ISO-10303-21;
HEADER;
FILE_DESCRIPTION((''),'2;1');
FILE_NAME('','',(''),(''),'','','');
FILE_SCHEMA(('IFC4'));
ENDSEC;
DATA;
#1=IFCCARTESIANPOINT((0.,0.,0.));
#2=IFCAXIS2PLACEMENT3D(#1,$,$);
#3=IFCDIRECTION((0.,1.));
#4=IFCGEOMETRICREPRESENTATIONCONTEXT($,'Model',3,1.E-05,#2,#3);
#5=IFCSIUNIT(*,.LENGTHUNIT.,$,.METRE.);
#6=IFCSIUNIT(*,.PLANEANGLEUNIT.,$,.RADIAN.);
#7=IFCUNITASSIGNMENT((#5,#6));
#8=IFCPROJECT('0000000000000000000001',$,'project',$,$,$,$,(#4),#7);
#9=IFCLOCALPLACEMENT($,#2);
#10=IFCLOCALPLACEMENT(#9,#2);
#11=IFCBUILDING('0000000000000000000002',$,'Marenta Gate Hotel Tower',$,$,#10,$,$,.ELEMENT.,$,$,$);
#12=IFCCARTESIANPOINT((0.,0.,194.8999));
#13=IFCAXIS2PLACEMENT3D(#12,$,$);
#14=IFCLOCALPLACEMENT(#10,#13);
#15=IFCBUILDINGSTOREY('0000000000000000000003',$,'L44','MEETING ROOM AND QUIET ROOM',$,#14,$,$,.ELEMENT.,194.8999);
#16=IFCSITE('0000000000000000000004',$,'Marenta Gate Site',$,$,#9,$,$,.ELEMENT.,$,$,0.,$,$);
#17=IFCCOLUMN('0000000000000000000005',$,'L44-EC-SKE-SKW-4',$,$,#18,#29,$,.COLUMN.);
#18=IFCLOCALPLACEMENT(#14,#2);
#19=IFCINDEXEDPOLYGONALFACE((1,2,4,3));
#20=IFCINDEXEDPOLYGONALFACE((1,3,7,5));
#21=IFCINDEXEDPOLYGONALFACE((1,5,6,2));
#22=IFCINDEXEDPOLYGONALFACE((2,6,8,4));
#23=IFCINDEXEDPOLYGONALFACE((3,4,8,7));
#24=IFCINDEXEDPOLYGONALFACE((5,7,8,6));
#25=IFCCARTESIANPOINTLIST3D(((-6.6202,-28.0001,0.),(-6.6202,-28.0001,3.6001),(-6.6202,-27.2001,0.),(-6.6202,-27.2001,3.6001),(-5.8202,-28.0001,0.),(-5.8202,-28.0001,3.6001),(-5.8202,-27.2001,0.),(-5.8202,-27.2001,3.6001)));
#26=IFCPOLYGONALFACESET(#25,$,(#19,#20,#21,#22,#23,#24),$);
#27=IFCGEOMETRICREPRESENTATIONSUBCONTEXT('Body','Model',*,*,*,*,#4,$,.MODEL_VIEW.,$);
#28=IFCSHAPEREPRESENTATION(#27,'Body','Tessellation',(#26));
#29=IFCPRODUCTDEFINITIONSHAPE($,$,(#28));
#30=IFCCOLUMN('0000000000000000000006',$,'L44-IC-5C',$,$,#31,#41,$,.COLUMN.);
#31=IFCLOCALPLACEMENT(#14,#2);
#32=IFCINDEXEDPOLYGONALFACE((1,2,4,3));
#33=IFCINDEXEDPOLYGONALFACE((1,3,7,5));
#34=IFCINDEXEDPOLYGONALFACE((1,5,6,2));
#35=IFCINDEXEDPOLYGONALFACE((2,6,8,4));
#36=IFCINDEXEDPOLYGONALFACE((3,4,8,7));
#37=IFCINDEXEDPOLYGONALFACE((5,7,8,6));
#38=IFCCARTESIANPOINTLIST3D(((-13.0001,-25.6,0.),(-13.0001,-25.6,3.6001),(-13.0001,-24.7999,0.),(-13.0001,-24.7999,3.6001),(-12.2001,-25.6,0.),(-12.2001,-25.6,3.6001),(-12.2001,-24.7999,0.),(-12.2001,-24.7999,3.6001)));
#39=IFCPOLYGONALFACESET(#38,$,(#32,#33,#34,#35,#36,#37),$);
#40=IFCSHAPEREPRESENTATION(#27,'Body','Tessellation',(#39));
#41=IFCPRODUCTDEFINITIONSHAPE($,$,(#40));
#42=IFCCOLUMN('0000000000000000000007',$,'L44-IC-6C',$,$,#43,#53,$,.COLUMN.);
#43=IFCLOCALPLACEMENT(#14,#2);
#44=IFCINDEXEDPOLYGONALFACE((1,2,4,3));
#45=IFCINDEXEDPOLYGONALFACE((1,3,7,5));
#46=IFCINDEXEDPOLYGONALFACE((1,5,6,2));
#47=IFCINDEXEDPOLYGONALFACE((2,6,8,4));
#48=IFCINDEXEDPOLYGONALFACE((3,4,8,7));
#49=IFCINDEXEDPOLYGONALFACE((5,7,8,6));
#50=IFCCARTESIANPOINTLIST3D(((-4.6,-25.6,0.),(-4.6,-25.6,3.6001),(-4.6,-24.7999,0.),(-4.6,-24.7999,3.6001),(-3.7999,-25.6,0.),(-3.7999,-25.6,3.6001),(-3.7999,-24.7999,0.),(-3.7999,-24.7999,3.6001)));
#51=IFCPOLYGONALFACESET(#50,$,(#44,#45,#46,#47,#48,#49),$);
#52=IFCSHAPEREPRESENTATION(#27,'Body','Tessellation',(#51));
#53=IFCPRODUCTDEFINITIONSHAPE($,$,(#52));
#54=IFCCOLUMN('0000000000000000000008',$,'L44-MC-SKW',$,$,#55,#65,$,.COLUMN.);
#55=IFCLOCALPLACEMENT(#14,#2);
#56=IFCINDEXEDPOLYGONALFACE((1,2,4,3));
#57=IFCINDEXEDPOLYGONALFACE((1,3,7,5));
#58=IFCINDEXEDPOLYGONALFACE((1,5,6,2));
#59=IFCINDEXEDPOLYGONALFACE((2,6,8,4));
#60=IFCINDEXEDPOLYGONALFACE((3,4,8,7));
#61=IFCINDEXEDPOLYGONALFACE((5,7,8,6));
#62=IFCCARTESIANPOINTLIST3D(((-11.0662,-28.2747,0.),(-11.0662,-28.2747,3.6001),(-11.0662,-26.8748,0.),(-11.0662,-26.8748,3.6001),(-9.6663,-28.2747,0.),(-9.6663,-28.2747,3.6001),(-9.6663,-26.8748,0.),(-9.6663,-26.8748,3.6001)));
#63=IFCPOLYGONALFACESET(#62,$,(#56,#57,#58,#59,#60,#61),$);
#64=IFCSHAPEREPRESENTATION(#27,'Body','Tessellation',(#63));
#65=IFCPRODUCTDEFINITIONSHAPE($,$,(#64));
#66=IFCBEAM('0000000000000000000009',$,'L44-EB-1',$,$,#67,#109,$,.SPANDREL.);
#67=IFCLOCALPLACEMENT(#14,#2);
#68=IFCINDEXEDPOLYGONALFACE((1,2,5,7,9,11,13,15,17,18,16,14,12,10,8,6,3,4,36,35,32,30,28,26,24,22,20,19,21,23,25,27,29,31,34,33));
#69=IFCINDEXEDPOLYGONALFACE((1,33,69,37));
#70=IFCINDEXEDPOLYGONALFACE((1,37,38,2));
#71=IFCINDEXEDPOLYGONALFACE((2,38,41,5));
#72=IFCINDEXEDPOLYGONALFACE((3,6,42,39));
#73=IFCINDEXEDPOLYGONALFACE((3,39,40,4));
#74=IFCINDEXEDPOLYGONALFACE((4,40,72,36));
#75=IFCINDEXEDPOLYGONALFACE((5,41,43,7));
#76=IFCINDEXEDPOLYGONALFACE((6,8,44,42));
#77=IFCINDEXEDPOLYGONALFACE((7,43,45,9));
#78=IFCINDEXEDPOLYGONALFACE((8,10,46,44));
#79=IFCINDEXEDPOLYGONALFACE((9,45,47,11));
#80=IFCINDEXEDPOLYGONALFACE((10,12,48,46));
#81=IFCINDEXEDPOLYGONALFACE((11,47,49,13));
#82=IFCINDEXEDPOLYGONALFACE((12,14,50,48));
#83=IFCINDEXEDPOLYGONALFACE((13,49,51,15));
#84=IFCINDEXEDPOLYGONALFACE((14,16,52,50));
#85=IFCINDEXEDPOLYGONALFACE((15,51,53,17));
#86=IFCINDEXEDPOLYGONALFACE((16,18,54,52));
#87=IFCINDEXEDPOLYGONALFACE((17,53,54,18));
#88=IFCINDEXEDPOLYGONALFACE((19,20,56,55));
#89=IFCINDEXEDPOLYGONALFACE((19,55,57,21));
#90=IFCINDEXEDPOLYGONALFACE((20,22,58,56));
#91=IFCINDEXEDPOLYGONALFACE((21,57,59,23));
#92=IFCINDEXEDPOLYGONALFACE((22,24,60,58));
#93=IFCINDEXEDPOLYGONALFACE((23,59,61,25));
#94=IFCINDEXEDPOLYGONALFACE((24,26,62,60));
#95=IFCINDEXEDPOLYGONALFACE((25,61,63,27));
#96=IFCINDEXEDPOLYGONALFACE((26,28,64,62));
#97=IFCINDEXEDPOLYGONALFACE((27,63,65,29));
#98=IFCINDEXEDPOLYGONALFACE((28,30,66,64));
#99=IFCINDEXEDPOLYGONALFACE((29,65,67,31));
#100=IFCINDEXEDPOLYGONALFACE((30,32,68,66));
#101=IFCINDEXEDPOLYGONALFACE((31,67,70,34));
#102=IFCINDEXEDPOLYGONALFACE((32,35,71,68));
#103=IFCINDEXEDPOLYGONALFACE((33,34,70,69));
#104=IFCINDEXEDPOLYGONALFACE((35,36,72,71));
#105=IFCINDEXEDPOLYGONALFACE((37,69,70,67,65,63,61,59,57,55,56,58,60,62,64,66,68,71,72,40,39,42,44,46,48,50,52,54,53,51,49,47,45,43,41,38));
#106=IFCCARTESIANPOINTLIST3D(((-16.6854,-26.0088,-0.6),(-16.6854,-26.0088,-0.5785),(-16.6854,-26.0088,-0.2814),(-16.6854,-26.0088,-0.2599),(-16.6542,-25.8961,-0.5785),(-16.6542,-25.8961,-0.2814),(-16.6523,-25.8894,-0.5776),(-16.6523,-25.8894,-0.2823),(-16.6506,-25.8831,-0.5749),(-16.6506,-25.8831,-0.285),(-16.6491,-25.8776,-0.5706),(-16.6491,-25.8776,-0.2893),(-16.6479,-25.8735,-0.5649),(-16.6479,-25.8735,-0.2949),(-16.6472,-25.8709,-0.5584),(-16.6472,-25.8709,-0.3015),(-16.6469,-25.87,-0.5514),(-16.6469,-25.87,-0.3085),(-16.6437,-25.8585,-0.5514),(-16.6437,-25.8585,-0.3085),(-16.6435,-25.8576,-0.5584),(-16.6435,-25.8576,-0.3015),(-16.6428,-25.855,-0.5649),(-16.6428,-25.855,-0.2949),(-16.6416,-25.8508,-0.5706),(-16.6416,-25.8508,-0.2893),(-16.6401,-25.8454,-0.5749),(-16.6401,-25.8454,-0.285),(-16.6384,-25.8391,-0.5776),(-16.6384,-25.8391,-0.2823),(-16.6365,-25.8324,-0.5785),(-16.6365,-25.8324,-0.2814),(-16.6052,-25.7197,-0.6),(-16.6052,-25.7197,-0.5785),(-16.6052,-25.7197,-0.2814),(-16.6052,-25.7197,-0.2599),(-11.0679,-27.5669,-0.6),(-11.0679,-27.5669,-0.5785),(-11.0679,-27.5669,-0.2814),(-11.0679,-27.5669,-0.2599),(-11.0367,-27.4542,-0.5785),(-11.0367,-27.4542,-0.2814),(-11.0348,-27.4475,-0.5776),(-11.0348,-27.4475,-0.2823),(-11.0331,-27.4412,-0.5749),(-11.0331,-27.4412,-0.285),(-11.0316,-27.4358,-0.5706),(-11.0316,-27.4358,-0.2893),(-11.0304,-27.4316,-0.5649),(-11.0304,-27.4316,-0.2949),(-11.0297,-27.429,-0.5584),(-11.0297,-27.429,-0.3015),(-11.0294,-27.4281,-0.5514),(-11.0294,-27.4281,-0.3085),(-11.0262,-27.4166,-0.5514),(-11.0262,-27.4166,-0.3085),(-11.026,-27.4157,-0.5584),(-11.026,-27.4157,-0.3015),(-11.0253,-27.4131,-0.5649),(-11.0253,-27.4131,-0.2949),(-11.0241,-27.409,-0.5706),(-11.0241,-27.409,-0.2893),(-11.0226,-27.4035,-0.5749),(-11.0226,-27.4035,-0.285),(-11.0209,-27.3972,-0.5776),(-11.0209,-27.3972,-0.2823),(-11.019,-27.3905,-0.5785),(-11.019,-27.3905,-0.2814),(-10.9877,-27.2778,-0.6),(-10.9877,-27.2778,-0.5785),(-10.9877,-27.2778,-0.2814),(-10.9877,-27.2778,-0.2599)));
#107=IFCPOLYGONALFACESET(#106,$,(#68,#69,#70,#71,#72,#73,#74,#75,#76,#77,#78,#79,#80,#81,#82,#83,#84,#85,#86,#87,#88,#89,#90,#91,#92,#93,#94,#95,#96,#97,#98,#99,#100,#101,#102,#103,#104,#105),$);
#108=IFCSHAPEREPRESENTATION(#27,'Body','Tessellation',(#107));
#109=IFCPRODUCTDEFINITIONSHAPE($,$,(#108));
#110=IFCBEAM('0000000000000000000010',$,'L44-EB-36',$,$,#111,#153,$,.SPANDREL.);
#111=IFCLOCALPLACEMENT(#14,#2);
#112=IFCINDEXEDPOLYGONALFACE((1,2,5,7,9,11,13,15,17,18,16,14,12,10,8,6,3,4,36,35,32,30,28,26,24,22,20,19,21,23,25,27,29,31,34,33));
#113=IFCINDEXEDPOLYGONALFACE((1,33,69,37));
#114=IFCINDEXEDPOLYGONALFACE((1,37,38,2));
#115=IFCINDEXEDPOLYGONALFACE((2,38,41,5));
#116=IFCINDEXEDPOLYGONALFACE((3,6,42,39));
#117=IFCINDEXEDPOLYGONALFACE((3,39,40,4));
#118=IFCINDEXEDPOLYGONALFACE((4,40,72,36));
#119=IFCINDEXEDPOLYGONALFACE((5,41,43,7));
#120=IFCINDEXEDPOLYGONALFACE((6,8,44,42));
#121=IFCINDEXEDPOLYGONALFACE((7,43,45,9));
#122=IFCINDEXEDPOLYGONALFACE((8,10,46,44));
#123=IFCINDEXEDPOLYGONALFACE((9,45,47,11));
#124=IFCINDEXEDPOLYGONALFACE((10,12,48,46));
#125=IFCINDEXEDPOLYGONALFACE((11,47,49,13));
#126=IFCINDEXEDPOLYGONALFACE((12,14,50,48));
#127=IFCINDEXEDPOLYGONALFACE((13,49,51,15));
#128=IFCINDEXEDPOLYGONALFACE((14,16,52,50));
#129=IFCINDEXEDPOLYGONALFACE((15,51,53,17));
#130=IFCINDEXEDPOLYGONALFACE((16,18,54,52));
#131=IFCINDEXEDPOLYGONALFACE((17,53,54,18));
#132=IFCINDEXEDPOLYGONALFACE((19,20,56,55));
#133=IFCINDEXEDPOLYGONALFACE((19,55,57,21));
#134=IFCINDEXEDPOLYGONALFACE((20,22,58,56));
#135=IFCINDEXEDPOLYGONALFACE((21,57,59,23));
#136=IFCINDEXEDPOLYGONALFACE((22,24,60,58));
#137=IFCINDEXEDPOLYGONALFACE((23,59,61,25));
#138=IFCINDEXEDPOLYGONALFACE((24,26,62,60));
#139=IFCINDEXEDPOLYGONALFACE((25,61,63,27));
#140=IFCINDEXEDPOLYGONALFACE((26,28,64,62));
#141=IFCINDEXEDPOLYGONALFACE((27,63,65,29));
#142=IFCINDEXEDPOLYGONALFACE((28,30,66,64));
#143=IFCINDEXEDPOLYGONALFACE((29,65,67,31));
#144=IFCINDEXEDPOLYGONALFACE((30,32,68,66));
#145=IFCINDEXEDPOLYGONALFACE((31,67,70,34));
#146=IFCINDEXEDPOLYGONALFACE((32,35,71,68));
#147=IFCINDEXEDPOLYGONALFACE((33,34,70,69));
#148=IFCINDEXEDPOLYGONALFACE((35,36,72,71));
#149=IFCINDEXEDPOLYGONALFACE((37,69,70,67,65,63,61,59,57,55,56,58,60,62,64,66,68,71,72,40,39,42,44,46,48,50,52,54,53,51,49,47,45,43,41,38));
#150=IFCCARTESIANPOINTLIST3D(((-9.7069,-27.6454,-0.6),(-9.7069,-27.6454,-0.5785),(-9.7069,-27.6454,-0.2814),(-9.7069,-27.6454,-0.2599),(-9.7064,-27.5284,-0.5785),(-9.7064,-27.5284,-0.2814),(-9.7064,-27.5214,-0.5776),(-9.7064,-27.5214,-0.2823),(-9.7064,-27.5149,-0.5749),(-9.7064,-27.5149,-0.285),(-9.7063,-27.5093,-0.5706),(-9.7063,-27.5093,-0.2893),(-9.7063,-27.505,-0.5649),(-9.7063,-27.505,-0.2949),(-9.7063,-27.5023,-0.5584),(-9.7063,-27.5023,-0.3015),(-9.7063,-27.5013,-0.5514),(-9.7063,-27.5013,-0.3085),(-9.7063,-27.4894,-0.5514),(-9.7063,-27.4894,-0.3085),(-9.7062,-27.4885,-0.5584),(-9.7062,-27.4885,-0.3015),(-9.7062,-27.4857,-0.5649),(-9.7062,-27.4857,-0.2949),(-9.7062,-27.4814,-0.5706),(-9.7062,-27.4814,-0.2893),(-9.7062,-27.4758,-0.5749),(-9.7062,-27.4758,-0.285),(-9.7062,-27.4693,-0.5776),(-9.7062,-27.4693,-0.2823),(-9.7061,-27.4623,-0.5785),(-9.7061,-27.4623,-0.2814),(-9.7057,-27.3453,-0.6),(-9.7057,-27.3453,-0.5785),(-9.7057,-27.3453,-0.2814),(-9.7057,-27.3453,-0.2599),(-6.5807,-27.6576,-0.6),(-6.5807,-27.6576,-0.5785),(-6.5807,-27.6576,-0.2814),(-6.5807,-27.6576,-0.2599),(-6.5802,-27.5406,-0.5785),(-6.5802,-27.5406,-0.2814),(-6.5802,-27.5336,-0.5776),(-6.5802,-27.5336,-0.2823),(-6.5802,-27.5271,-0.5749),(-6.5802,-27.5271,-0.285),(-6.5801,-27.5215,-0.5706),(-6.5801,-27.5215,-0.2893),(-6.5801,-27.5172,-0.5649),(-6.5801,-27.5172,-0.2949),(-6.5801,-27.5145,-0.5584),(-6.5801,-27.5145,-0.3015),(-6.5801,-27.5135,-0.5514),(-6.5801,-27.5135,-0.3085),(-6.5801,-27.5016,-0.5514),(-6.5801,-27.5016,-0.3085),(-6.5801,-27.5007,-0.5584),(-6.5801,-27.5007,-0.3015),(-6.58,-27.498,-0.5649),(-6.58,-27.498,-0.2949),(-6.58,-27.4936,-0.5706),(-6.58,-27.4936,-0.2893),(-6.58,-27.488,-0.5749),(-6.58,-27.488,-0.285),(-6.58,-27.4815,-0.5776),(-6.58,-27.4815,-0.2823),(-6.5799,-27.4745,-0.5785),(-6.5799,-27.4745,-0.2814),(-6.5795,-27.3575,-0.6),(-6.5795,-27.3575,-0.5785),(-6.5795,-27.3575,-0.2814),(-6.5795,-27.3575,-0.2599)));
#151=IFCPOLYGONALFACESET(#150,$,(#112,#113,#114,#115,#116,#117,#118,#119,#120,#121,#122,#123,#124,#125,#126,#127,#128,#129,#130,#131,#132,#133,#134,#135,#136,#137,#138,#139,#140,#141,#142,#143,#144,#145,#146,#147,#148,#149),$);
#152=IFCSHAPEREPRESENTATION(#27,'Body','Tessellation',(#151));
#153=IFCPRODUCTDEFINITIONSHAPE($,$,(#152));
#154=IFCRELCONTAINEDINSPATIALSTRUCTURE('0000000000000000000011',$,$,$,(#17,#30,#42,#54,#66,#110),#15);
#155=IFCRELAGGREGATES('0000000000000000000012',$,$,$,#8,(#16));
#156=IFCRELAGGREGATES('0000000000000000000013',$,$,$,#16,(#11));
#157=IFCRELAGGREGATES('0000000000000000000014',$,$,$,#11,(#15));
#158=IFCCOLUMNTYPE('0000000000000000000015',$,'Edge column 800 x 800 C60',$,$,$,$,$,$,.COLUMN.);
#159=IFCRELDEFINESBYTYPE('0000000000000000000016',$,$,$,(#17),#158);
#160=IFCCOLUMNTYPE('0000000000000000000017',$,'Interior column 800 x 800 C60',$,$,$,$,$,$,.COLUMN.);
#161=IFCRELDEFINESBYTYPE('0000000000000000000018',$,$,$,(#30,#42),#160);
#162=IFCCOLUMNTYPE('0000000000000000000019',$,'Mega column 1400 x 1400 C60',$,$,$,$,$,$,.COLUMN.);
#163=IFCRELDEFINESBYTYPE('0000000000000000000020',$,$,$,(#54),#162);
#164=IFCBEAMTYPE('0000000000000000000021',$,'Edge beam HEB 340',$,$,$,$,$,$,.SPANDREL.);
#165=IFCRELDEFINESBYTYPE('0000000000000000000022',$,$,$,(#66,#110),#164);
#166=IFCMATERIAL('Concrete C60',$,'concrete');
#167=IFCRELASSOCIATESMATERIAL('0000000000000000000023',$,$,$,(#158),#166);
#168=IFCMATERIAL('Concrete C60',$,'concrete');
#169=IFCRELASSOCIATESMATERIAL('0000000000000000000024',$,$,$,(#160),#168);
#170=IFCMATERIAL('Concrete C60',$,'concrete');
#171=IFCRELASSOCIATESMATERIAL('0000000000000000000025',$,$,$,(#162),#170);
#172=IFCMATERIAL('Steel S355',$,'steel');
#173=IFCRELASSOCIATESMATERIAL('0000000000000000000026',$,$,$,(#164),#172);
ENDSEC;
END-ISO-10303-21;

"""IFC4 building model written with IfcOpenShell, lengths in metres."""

from ifc_helpers import new_model, si_unit, direction, frame, origin, origin_2d, place, context, subcontext, project, spatial, rectangle, i_section, extrude, material, material_profile, profile_set, type_object, element, save


model = new_model("IFC4")

# Units and contexts
model_context = context("Model", 3, precision=1e-05, world=origin(), true_north=direction((0.0, 1.0)))
body_context = subcontext(model_context, "Body", "Model", "MODEL_VIEW")
ifc_project = project(units=[si_unit("LENGTHUNIT", "METRE"), si_unit("PLANEANGLEUNIT", "RADIAN")], contexts=[model_context])

# Site, building, storey
site_placement = place(None, origin())
site = spatial("IfcSite", under=ifc_project, at=site_placement, Name="Marenta Gate Site", CompositionType="ELEMENT", RefElevation=0.0)
building_placement = place(site_placement, origin())
building = spatial("IfcBuilding", under=site, at=building_placement, Name="Marenta Gate Hotel Tower", CompositionType="ELEMENT")
storey_placement = place(building_placement, frame((0.0, 0.0, 194.8999)))
storey = spatial("IfcBuildingStorey", under=building, at=storey_placement, Name="L44", Description="MEETING ROOM AND QUIET ROOM", CompositionType="ELEMENT", Elevation=194.8999)

# Columns
ifc_material_1 = material(Name="Concrete C60", Category="concrete")
ifc_material_profile_1 = material_profile(ifc_material_1, rectangle(XDim=0.8, YDim=0.8, at=origin_2d()), Name="800 x 800")
ifc_profile_set_1 = profile_set([ifc_material_profile_1], Name="Concrete C60")
column_type_1 = type_object("IfcColumnType", Name="Edge column 800 x 800 C60", PredefinedType="COLUMN", material=ifc_profile_set_1)
column_1_placement = place(storey_placement, frame((-6.2202, -27.6001, 0.0), z_axis=(0.0, 0.0, 1.0), x_axis=(1.0, 0.0, 0.0)))
element("IfcColumn", 1, at=column_1_placement, inside=storey, type_object=column_type_1, Name="L44-EC-SKE-SKW-4", PredefinedType="COLUMN", context=body_context, shape_type="SweptSolid", body=[
    extrude(rectangle(XDim=0.8, YDim=0.8, at=origin_2d()), origin(), (0.0, 0.0, 1.0), 3.6001),
])
ifc_material_2 = material(Name="Concrete C60", Category="concrete")
ifc_material_profile_2 = material_profile(ifc_material_2, rectangle(XDim=0.8, YDim=0.8, at=origin_2d()), Name="800 x 800")
ifc_profile_set_2 = profile_set([ifc_material_profile_2], Name="Concrete C60")
column_type_2 = type_object("IfcColumnType", Name="Interior column 800 x 800 C60", PredefinedType="COLUMN", material=ifc_profile_set_2)
for number, where, z_axis, x_axis, name in (
    (2, (-12.6001, -25.2, 0.0), (0.0, 0.0, 1.0), (1.0, 0.0, 0.0), "L44-IC-5C"),
    (3, (-4.2, -25.2, 0.0), (0.0, 0.0, 1.0), (1.0, 0.0, 0.0), "L44-IC-6C"),
):
    element("IfcColumn", number, at=place(storey_placement, frame(where, z_axis=z_axis, x_axis=x_axis)), inside=storey, type_object=column_type_2, Name=name, PredefinedType="COLUMN", context=body_context, shape_type="SweptSolid", body=[
        extrude(rectangle(XDim=0.8, YDim=0.8, at=origin_2d()), origin(), (0.0, 0.0, 1.0), 3.6001),
    ])
ifc_material_3 = material(Name="Concrete C60", Category="concrete")
ifc_material_profile_3 = material_profile(ifc_material_3, rectangle(XDim=1.3999, YDim=1.3999, at=origin_2d()), Name="1400 x 1400")
ifc_profile_set_3 = profile_set([ifc_material_profile_3], Name="Concrete C60")
column_type_3 = type_object("IfcColumnType", Name="Mega column 1400 x 1400 C60", PredefinedType="COLUMN", material=ifc_profile_set_3)
column_2_placement = place(storey_placement, frame((-10.3662, -27.5747, 0.0), z_axis=(0.0, 0.0, 1.0), x_axis=(1.0, 0.0, 0.0)))
element("IfcColumn", 4, at=column_2_placement, inside=storey, type_object=column_type_3, Name="L44-MC-SKW", PredefinedType="COLUMN", context=body_context, shape_type="SweptSolid", body=[
    extrude(rectangle(XDim=1.3999, YDim=1.3999, at=origin_2d()), origin(), (0.0, 0.0, 1.0), 3.6001),
])

# Beams
ifc_material_4 = material(Name="Steel S355", Category="steel")
ifc_material_profile_4 = material_profile(ifc_material_4, i_section(OverallWidth=0.3, OverallDepth=0.3401, WebThickness=0.012, FlangeThickness=0.0215, FilletRadius=0.0271, at=origin_2d()), Name="HEB 340")
ifc_profile_set_4 = profile_set([ifc_material_profile_4], Name="Steel S355")
beam_type_1 = type_object("IfcBeamType", Name="Edge beam HEB 340", PredefinedType="SPANDREL", material=ifc_profile_set_4)
beam_1_placement = place(storey_placement, frame((-11.0278, -27.4224, -0.4299), z_axis=(-0.963619, 0.267279, 0.0), x_axis=(-0.267279, -0.963619, 0.0)))
element("IfcBeam", 5, at=beam_1_placement, inside=storey, type_object=beam_type_1, Name="L44-EB-1", PredefinedType="SPANDREL", context=body_context, shape_type="SweptSolid", body=[
    extrude(i_section(OverallWidth=0.3, OverallDepth=0.3401, WebThickness=0.012, FlangeThickness=0.0215, FilletRadius=0.0271, at=origin_2d()), origin(), (0.0, 0.0, 1.0), 5.8296),
])
beam_2_placement = place(storey_placement, frame((-6.5801, -27.5076, -0.4299), z_axis=(-0.999992, 0.003905, 0.0), x_axis=(-0.003905, -0.999992, 0.0)))
element("IfcBeam", 6, at=beam_2_placement, inside=storey, type_object=beam_type_1, Name="L44-EB-36", PredefinedType="SPANDREL", context=body_context, shape_type="SweptSolid", body=[
    extrude(i_section(OverallWidth=0.3, OverallDepth=0.3401, WebThickness=0.012, FlangeThickness=0.0215, FilletRadius=0.0271, at=origin_2d()), origin(), (0.0, 0.0, 1.0), 3.1262),
])

save(model, "model.ifc")
